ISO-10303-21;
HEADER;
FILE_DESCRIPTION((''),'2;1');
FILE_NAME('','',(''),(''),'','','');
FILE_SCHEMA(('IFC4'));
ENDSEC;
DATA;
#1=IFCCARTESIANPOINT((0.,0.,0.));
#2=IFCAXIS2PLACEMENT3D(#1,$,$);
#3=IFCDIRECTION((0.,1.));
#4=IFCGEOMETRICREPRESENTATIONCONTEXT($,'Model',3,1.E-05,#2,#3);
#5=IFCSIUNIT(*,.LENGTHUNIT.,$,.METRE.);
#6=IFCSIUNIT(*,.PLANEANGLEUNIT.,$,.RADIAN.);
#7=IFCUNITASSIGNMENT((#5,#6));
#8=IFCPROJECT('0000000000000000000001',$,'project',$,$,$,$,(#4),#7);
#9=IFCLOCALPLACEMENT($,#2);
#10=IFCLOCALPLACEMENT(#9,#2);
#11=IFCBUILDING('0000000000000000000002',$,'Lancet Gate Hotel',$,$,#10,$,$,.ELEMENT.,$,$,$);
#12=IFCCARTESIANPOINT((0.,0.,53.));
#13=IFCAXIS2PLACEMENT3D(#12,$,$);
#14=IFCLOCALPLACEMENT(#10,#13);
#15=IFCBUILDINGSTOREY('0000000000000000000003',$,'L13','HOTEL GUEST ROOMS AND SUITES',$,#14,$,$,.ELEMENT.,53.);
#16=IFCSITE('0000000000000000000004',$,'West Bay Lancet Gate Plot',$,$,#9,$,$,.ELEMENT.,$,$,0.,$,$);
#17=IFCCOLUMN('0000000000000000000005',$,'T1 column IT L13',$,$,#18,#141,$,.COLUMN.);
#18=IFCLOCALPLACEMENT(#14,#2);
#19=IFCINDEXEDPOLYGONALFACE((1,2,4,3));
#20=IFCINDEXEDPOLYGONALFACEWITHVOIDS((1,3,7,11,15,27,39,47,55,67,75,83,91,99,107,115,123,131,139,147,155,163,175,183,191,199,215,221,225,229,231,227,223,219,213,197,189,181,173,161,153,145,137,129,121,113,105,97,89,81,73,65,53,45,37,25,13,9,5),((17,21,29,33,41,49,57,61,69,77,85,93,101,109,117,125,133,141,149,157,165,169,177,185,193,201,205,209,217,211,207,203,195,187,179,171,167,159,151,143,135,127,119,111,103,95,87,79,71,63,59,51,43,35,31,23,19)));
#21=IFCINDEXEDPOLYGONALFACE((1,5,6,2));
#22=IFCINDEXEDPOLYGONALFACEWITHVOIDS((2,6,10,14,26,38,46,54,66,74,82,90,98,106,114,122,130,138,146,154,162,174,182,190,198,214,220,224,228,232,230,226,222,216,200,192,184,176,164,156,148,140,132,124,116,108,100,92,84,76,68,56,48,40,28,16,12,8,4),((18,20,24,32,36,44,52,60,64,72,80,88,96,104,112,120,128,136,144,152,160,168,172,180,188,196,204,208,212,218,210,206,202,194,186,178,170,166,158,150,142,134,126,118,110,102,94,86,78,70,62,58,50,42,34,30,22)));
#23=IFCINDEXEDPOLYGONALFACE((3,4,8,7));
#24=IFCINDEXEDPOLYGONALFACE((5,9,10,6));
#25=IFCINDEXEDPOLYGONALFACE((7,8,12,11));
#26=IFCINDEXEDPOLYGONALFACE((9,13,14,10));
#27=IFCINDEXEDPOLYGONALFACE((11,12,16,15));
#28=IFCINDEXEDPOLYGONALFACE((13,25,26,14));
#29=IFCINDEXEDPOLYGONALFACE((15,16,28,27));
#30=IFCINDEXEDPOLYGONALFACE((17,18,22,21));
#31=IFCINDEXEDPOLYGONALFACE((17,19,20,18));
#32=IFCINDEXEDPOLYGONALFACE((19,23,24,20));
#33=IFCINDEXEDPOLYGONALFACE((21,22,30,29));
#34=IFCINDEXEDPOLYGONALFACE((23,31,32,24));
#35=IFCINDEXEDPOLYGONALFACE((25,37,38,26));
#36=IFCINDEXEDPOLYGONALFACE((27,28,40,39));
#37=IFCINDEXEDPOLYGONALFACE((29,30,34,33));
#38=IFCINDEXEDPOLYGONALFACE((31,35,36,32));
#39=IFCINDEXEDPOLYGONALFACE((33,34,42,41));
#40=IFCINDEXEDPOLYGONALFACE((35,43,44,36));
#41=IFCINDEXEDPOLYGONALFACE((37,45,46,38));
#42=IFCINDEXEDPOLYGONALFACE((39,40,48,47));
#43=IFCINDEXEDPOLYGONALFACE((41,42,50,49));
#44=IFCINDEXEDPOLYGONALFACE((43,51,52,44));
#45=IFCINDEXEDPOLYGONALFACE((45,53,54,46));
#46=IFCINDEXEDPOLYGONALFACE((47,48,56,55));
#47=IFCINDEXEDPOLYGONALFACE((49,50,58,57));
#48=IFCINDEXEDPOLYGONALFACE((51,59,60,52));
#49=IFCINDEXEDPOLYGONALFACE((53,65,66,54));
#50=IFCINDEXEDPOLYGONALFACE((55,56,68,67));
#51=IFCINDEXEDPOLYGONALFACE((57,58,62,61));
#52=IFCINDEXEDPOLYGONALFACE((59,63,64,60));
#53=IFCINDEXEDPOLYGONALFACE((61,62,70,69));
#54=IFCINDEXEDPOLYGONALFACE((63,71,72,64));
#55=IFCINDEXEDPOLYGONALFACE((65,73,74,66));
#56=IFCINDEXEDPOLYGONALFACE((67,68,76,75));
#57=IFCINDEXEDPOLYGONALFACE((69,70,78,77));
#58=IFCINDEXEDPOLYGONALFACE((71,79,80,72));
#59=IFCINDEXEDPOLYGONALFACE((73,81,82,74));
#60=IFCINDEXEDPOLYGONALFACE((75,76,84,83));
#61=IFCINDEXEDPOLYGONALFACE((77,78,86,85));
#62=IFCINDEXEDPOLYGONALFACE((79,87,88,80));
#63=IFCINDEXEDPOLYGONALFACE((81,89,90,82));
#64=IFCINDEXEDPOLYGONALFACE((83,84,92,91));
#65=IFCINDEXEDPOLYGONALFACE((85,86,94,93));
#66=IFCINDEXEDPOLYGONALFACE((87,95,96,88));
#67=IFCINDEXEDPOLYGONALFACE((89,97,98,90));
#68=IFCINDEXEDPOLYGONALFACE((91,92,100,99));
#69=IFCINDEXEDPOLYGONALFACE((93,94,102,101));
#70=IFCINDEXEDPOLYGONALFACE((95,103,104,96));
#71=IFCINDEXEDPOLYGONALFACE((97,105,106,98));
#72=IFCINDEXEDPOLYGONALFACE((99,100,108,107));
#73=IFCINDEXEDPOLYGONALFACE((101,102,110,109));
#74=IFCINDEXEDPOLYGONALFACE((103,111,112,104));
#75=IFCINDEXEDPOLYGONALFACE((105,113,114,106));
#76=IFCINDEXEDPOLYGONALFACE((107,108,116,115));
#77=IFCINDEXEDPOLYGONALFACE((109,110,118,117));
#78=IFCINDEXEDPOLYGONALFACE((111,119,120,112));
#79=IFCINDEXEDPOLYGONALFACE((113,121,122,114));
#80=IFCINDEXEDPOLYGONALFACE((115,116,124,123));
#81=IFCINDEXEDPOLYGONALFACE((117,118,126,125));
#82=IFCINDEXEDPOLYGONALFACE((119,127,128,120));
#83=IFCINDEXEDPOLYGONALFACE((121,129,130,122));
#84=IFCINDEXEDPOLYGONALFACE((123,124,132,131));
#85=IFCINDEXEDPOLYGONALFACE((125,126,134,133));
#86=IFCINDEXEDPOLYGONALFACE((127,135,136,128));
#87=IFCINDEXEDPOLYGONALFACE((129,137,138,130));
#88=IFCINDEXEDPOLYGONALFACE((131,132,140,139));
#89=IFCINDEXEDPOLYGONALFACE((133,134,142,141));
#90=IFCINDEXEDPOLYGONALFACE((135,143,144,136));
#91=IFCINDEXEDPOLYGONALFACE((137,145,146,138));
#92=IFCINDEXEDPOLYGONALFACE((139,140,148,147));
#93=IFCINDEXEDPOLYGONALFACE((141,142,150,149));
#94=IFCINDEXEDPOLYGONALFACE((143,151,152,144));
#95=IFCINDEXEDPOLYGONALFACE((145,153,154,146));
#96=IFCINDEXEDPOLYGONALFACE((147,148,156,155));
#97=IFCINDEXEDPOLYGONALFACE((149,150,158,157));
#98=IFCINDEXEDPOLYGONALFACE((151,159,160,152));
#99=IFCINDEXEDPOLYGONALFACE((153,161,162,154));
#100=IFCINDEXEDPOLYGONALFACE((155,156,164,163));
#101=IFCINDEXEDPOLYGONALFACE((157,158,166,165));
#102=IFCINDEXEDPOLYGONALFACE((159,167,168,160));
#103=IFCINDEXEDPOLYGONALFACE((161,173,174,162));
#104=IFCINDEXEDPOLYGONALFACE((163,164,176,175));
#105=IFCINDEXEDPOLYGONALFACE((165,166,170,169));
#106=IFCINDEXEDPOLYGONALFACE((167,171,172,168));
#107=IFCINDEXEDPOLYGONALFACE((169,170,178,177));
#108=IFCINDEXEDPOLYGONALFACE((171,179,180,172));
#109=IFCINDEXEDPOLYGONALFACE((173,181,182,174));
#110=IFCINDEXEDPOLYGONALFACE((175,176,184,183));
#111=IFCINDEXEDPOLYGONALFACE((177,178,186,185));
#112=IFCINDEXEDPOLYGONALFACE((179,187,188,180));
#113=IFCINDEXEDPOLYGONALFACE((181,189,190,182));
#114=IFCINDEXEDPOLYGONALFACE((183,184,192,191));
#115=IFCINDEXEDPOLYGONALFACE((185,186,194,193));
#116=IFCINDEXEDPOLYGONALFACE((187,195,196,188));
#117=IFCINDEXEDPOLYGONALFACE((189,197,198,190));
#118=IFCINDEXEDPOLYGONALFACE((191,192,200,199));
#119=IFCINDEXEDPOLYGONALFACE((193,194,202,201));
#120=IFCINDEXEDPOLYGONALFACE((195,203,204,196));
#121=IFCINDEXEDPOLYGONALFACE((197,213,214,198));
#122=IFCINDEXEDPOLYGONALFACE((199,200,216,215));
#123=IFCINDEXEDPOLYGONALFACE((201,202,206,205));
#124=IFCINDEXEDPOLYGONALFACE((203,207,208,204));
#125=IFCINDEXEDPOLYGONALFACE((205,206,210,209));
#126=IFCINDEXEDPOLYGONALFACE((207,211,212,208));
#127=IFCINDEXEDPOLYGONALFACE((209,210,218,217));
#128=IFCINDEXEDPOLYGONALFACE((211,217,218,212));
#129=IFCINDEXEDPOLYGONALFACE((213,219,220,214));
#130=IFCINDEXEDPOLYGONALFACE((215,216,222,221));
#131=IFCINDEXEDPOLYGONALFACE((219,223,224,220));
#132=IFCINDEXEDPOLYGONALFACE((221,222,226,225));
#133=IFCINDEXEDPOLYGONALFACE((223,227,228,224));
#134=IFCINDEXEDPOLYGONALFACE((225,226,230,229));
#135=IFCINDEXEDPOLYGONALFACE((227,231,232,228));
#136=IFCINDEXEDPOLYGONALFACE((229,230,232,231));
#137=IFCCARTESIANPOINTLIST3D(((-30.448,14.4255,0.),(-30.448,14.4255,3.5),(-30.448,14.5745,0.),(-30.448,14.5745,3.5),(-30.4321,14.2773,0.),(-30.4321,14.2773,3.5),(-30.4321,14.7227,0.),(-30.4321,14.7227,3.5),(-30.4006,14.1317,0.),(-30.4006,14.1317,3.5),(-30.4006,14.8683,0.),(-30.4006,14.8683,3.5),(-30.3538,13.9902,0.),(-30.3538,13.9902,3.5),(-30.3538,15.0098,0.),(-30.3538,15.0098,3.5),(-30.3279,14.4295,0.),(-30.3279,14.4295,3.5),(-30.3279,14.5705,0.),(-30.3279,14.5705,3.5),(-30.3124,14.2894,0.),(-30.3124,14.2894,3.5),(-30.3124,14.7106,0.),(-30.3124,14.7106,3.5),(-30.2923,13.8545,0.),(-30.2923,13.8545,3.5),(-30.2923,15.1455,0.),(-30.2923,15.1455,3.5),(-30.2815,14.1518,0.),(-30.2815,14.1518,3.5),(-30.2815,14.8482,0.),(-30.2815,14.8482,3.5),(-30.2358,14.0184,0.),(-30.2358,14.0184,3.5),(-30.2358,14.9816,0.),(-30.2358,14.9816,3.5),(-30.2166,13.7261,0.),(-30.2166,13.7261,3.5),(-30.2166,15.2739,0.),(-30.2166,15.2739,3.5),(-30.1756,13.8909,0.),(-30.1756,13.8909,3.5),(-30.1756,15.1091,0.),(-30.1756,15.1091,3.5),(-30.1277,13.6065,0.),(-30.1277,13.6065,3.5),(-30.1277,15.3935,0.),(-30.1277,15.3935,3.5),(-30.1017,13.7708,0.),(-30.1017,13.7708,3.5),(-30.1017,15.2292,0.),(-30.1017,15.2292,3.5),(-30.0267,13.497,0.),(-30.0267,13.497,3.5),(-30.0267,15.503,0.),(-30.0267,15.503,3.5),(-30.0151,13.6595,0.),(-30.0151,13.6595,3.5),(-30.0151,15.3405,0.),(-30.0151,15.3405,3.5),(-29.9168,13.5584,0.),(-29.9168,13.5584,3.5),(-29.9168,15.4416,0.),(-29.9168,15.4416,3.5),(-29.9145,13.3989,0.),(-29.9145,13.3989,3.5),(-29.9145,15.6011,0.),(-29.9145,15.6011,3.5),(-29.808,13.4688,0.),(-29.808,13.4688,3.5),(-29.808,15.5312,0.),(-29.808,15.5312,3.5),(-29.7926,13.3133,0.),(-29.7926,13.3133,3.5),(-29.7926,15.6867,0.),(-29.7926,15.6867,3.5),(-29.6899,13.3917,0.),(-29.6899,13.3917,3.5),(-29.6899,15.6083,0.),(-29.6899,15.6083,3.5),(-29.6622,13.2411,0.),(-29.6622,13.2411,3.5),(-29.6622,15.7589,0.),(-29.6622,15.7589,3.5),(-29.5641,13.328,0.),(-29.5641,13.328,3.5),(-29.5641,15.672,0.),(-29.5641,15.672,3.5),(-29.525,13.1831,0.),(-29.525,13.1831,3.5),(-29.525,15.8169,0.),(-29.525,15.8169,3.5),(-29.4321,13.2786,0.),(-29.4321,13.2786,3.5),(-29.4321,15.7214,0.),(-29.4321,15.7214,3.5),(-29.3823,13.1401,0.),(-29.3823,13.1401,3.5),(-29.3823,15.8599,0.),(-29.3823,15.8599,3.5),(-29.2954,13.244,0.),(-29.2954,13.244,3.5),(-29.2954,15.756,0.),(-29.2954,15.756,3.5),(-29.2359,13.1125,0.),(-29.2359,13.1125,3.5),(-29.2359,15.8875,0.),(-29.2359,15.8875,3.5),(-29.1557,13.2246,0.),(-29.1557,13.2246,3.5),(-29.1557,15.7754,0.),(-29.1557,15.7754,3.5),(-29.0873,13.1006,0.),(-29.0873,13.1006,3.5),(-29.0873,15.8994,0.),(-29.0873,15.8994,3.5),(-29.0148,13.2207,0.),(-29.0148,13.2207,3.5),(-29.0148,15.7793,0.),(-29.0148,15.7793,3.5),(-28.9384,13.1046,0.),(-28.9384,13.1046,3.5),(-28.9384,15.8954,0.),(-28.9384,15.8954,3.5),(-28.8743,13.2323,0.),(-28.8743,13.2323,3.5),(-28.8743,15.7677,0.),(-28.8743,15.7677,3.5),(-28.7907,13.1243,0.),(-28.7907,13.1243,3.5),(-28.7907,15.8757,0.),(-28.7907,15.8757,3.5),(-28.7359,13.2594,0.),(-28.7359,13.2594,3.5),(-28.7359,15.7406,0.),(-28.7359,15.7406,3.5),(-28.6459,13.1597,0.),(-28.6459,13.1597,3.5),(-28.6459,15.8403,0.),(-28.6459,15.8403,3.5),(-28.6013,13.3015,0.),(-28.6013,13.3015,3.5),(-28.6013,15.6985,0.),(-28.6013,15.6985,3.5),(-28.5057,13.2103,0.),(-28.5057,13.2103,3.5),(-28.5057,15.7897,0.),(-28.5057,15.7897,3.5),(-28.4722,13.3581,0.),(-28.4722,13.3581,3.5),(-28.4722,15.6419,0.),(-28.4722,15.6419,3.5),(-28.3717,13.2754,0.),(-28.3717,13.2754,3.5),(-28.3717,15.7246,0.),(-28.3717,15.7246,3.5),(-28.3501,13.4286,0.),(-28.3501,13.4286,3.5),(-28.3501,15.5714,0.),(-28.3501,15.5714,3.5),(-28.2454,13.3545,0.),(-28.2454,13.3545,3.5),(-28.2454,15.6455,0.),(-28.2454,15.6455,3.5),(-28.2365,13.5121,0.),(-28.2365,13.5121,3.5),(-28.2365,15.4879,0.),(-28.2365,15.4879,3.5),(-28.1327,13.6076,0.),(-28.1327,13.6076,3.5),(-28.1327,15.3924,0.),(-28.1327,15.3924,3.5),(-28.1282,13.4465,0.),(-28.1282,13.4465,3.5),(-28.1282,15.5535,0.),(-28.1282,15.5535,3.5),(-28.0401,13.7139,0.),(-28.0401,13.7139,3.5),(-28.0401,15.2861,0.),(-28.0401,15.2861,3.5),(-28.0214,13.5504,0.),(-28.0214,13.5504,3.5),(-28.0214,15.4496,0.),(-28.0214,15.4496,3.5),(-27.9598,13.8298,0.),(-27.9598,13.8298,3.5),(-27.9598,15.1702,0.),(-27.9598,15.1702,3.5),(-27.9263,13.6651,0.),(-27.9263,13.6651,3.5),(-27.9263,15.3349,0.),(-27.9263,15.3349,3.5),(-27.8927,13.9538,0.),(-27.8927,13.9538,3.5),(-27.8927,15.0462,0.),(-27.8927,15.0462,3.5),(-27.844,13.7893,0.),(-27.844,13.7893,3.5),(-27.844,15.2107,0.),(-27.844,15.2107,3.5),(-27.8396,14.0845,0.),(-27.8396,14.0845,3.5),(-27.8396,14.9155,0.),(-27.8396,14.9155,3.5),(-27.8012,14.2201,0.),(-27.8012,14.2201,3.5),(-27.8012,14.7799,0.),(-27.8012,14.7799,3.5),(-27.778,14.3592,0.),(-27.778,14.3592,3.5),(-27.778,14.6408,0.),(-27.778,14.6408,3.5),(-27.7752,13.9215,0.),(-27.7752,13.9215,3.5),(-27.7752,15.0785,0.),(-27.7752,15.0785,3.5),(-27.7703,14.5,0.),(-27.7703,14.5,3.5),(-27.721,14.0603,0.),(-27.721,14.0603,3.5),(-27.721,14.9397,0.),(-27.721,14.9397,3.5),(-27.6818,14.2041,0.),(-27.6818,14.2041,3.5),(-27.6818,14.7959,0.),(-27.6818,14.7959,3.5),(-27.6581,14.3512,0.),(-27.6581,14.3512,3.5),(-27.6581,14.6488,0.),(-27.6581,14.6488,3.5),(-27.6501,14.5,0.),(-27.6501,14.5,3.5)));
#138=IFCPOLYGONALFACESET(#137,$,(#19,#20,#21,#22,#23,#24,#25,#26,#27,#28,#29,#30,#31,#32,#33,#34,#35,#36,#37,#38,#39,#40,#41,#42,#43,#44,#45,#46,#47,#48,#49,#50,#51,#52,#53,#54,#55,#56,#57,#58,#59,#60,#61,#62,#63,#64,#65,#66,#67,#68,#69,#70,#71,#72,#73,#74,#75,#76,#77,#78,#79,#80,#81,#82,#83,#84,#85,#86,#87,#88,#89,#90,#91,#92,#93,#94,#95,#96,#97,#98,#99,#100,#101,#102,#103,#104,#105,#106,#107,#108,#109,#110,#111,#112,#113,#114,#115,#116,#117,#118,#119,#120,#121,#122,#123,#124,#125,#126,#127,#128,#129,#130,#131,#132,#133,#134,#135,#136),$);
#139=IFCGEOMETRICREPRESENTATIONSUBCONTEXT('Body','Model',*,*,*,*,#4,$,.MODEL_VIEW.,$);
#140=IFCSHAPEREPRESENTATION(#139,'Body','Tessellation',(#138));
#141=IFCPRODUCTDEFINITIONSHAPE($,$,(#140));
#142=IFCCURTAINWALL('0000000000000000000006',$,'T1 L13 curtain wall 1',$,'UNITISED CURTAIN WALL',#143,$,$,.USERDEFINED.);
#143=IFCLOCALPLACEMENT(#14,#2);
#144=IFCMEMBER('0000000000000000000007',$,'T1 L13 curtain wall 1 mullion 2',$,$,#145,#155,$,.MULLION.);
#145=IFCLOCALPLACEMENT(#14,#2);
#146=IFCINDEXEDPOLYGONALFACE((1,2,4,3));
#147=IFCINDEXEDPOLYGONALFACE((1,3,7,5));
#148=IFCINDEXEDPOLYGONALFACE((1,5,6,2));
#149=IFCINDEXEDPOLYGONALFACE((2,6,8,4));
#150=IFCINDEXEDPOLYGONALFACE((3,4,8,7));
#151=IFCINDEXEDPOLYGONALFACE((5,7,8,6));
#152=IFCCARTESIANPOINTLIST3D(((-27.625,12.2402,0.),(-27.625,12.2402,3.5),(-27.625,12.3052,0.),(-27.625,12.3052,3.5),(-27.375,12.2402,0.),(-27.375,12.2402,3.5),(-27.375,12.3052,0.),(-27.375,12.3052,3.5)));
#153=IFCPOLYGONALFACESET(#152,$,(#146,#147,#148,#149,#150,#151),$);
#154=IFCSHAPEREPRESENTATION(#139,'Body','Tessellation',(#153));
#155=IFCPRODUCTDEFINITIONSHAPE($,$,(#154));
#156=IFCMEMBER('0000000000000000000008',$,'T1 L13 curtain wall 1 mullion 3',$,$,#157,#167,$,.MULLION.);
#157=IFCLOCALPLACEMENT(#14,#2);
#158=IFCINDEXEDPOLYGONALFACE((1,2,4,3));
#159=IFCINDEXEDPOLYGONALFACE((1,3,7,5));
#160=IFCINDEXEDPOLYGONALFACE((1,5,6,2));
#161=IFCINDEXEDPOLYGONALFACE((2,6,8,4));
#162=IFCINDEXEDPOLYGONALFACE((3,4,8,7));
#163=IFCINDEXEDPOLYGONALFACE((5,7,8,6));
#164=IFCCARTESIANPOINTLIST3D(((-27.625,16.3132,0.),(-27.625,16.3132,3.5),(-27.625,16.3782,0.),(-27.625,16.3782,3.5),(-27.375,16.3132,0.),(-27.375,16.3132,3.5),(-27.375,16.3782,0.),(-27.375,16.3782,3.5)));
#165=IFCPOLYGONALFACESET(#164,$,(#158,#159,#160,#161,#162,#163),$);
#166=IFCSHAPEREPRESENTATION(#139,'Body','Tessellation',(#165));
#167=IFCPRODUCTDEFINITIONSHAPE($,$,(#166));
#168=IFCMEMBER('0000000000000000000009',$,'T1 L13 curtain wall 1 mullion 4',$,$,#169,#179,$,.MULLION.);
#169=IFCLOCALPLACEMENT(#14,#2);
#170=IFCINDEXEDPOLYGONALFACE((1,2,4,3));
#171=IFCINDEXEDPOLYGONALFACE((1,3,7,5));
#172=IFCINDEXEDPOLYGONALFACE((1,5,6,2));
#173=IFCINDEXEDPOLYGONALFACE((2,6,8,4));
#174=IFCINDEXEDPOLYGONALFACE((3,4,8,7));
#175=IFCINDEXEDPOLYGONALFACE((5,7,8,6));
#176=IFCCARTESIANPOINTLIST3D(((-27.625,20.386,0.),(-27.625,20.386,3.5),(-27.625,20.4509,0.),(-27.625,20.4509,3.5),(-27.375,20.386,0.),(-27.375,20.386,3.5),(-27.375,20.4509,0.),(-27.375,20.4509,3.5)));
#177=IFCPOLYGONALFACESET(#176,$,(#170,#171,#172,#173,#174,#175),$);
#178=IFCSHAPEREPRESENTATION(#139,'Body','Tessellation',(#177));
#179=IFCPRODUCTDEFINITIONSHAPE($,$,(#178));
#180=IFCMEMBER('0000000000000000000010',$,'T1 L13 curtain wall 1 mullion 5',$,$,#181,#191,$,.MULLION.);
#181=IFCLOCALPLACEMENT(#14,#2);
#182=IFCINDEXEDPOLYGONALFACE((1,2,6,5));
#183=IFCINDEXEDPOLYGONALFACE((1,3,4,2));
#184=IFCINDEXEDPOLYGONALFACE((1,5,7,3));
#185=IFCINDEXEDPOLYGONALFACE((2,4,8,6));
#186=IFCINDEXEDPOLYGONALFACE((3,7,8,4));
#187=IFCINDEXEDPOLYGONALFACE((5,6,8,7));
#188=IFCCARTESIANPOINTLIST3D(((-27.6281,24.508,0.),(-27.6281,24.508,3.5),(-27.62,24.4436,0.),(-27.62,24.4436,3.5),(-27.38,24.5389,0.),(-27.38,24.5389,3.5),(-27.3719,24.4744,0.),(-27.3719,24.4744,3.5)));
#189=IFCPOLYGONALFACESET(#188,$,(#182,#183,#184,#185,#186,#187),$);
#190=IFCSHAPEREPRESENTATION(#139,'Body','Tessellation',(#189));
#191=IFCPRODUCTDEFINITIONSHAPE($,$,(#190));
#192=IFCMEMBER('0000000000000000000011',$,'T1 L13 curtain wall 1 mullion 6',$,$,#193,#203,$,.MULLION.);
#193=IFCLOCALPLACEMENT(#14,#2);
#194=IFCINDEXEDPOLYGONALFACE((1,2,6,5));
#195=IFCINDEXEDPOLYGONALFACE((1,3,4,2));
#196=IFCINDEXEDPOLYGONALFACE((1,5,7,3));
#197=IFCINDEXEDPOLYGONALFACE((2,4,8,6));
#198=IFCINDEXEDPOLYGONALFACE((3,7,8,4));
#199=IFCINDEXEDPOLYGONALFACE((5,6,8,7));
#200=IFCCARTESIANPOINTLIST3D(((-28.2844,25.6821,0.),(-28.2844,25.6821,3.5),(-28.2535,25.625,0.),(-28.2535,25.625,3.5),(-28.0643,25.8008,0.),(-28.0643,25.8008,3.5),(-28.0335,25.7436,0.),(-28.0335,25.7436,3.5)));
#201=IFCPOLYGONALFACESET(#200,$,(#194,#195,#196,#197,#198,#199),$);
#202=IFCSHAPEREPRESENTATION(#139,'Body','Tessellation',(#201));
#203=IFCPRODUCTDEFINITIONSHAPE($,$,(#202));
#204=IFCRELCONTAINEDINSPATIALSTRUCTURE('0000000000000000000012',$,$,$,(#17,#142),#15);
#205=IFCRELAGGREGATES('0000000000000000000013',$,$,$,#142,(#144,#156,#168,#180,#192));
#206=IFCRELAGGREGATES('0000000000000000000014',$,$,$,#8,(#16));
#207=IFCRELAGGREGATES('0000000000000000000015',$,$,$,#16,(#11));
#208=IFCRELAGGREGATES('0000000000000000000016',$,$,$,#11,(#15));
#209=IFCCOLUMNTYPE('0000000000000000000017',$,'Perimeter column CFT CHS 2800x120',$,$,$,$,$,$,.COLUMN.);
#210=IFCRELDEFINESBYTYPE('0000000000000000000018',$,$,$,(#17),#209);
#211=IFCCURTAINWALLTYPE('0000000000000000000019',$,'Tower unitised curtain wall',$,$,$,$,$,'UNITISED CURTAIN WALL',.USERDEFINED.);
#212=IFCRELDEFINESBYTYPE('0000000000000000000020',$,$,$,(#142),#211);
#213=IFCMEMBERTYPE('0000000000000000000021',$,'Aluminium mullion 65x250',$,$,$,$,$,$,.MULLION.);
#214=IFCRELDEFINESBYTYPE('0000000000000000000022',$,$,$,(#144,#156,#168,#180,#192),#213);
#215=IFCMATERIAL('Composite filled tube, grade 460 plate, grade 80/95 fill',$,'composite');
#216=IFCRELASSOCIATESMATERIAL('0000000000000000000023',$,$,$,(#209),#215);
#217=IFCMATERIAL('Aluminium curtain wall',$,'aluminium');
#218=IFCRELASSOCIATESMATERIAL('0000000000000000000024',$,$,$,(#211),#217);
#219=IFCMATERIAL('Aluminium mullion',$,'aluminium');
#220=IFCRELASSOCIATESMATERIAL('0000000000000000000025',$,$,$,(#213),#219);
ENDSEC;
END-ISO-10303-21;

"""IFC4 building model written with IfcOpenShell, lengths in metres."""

from ifc_helpers import new_model, si_unit, direction, frame, origin, origin_2d, place, context, subcontext, project, spatial, rectangle, hollow_circle, extrude, material, material_profile, profile_set, type_object, element, aggregate, save


model = new_model("IFC4")

# Units and contexts
model_context = context("Model", 3, precision=1e-05, world=origin(), true_north=direction((0.0, 1.0)))
body_context = subcontext(model_context, "Body", "Model", "MODEL_VIEW")
ifc_project = project(units=[si_unit("LENGTHUNIT", "METRE"), si_unit("PLANEANGLEUNIT", "RADIAN")], contexts=[model_context])

# Site, building, storey
site_placement = place(None, origin())
site = spatial("IfcSite", under=ifc_project, at=site_placement, Name="West Bay Lancet Gate Plot", CompositionType="ELEMENT", RefElevation=0.0)
building_placement = place(site_placement, origin())
building = spatial("IfcBuilding", under=site, at=building_placement, Name="Lancet Gate Hotel", CompositionType="ELEMENT")
storey_placement = place(building_placement, frame((0.0, 0.0, 53.0)))
storey = spatial("IfcBuildingStorey", under=building, at=storey_placement, Name="L13", Description="HOTEL GUEST ROOMS AND SUITES", CompositionType="ELEMENT", Elevation=53.0)

# Column
ifc_material_1 = material(Name="Composite filled tube, grade 460 plate, grade 80/95 fill", Category="composite")
ifc_material_profile_1 = material_profile(ifc_material_1, hollow_circle(Radius=1.3999, WallThickness=0.1201, at=origin_2d()), Name="CHS 2800x120")
ifc_profile_set_1 = profile_set([ifc_material_profile_1], Name="Composite filled tube, grade 460 plate, grade 80/95 fill")
column_type = type_object("IfcColumnType", Name="Perimeter column CFT CHS 2800x120", PredefinedType="COLUMN", material=ifc_profile_set_1)
for number, where, z_axis, x_axis, name in (
    (1, (-29.05, 14.5, 0.0), (0.0, 0.0, 1.0), (1.0, 0.0, 0.0), "T1 column IT L13"),
):
    element("IfcColumn", number, at=place(storey_placement, frame(where, z_axis=z_axis, x_axis=x_axis)), inside=storey, type_object=column_type, Name=name, PredefinedType="COLUMN", context=body_context, shape_type="SweptSolid", body=[
        extrude(hollow_circle(Radius=1.3999, WallThickness=0.1201, at=origin_2d()), origin(), (0.0, 0.0, 1.0), 3.5),
    ])

# Curtain wall, members
ifc_material_2 = material(Name="Aluminium curtain wall", Category="aluminium")
curtain_wall_type = type_object("IfcCurtainWallType", Name="Tower unitised curtain wall", ElementType="UNITISED CURTAIN WALL", PredefinedType="USERDEFINED", material=ifc_material_2)
curtain_wall_placement = place(storey_placement, origin())
curtain_wall = element("IfcCurtainWall", 2, at=curtain_wall_placement, inside=storey, type_object=curtain_wall_type, Name="T1 L13 curtain wall 1", ObjectType="UNITISED CURTAIN WALL", PredefinedType="USERDEFINED")
ifc_material_3 = material(Name="Aluminium mullion", Category="aluminium")
ifc_material_profile_2 = material_profile(ifc_material_3, rectangle(XDim=0.0649, YDim=0.25, at=origin_2d()), Name="MULLION 65x250")
ifc_profile_set_2 = profile_set([ifc_material_profile_2], Name="Aluminium mullion")
member_type_1 = type_object("IfcMemberType", Name="Aluminium mullion 65x250", PredefinedType="MULLION", material=ifc_profile_set_2)
member_1_placement = place(storey_placement, frame((-27.5, 12.2727, 0.0), z_axis=(0.0, 0.0, 1.0), x_axis=(0.0, 1.0, 0.0)))
member_1 = element("IfcMember", 3, at=member_1_placement, type_object=member_type_1, Name="T1 L13 curtain wall 1 mullion 2", PredefinedType="MULLION", context=body_context, shape_type="SweptSolid", body=[
    extrude(rectangle(XDim=0.0649, YDim=0.25, at=origin_2d()), origin(), (0.0, 0.0, 1.0), 3.5),
])
member_2_placement = place(storey_placement, frame((-27.5, 16.3457, 0.0), z_axis=(0.0, 0.0, 1.0), x_axis=(0.0, 1.0, 0.0)))
member_2 = element("IfcMember", 4, at=member_2_placement, type_object=member_type_1, Name="T1 L13 curtain wall 1 mullion 3", PredefinedType="MULLION", context=body_context, shape_type="SweptSolid", body=[
    extrude(rectangle(XDim=0.0649, YDim=0.25, at=origin_2d()), origin(), (0.0, 0.0, 1.0), 3.5),
])
member_3_placement = place(storey_placement, frame((-27.5, 20.4185, 0.0), z_axis=(0.0, 0.0, 1.0), x_axis=(0.0, 1.0, 0.0)))
member_3 = element("IfcMember", 5, at=member_3_placement, type_object=member_type_1, Name="T1 L13 curtain wall 1 mullion 4", PredefinedType="MULLION", context=body_context, shape_type="SweptSolid", body=[
    extrude(rectangle(XDim=0.0649, YDim=0.25, at=origin_2d()), origin(), (0.0, 0.0, 1.0), 3.5),
])
member_4_placement = place(storey_placement, frame((-27.5, 24.4912, 0.0), z_axis=(0.0, 0.0, 1.0), x_axis=(-0.123483, 0.992347, 0.0)))
member_4 = element("IfcMember", 6, at=member_4_placement, type_object=member_type_1, Name="T1 L13 curtain wall 1 mullion 5", PredefinedType="MULLION", context=body_context, shape_type="SweptSolid", body=[
    extrude(rectangle(XDim=0.0649, YDim=0.25, at=origin_2d()), origin(), (0.0, 0.0, 1.0), 3.5),
])
member_5_placement = place(storey_placement, frame((-28.1589, 25.7129, 0.0), z_axis=(0.0, 0.0, 1.0), x_axis=(-0.474631, 0.880185, 0.0)))
member_5 = element("IfcMember", 7, at=member_5_placement, type_object=member_type_1, Name="T1 L13 curtain wall 1 mullion 6", PredefinedType="MULLION", context=body_context, shape_type="SweptSolid", body=[
    extrude(rectangle(XDim=0.0649, YDim=0.25, at=origin_2d()), origin(), (0.0, 0.0, 1.0), 3.5),
])

aggregate(curtain_wall, [member_1, member_2, member_3, member_4, member_5])

save(model, "model.ifc")
